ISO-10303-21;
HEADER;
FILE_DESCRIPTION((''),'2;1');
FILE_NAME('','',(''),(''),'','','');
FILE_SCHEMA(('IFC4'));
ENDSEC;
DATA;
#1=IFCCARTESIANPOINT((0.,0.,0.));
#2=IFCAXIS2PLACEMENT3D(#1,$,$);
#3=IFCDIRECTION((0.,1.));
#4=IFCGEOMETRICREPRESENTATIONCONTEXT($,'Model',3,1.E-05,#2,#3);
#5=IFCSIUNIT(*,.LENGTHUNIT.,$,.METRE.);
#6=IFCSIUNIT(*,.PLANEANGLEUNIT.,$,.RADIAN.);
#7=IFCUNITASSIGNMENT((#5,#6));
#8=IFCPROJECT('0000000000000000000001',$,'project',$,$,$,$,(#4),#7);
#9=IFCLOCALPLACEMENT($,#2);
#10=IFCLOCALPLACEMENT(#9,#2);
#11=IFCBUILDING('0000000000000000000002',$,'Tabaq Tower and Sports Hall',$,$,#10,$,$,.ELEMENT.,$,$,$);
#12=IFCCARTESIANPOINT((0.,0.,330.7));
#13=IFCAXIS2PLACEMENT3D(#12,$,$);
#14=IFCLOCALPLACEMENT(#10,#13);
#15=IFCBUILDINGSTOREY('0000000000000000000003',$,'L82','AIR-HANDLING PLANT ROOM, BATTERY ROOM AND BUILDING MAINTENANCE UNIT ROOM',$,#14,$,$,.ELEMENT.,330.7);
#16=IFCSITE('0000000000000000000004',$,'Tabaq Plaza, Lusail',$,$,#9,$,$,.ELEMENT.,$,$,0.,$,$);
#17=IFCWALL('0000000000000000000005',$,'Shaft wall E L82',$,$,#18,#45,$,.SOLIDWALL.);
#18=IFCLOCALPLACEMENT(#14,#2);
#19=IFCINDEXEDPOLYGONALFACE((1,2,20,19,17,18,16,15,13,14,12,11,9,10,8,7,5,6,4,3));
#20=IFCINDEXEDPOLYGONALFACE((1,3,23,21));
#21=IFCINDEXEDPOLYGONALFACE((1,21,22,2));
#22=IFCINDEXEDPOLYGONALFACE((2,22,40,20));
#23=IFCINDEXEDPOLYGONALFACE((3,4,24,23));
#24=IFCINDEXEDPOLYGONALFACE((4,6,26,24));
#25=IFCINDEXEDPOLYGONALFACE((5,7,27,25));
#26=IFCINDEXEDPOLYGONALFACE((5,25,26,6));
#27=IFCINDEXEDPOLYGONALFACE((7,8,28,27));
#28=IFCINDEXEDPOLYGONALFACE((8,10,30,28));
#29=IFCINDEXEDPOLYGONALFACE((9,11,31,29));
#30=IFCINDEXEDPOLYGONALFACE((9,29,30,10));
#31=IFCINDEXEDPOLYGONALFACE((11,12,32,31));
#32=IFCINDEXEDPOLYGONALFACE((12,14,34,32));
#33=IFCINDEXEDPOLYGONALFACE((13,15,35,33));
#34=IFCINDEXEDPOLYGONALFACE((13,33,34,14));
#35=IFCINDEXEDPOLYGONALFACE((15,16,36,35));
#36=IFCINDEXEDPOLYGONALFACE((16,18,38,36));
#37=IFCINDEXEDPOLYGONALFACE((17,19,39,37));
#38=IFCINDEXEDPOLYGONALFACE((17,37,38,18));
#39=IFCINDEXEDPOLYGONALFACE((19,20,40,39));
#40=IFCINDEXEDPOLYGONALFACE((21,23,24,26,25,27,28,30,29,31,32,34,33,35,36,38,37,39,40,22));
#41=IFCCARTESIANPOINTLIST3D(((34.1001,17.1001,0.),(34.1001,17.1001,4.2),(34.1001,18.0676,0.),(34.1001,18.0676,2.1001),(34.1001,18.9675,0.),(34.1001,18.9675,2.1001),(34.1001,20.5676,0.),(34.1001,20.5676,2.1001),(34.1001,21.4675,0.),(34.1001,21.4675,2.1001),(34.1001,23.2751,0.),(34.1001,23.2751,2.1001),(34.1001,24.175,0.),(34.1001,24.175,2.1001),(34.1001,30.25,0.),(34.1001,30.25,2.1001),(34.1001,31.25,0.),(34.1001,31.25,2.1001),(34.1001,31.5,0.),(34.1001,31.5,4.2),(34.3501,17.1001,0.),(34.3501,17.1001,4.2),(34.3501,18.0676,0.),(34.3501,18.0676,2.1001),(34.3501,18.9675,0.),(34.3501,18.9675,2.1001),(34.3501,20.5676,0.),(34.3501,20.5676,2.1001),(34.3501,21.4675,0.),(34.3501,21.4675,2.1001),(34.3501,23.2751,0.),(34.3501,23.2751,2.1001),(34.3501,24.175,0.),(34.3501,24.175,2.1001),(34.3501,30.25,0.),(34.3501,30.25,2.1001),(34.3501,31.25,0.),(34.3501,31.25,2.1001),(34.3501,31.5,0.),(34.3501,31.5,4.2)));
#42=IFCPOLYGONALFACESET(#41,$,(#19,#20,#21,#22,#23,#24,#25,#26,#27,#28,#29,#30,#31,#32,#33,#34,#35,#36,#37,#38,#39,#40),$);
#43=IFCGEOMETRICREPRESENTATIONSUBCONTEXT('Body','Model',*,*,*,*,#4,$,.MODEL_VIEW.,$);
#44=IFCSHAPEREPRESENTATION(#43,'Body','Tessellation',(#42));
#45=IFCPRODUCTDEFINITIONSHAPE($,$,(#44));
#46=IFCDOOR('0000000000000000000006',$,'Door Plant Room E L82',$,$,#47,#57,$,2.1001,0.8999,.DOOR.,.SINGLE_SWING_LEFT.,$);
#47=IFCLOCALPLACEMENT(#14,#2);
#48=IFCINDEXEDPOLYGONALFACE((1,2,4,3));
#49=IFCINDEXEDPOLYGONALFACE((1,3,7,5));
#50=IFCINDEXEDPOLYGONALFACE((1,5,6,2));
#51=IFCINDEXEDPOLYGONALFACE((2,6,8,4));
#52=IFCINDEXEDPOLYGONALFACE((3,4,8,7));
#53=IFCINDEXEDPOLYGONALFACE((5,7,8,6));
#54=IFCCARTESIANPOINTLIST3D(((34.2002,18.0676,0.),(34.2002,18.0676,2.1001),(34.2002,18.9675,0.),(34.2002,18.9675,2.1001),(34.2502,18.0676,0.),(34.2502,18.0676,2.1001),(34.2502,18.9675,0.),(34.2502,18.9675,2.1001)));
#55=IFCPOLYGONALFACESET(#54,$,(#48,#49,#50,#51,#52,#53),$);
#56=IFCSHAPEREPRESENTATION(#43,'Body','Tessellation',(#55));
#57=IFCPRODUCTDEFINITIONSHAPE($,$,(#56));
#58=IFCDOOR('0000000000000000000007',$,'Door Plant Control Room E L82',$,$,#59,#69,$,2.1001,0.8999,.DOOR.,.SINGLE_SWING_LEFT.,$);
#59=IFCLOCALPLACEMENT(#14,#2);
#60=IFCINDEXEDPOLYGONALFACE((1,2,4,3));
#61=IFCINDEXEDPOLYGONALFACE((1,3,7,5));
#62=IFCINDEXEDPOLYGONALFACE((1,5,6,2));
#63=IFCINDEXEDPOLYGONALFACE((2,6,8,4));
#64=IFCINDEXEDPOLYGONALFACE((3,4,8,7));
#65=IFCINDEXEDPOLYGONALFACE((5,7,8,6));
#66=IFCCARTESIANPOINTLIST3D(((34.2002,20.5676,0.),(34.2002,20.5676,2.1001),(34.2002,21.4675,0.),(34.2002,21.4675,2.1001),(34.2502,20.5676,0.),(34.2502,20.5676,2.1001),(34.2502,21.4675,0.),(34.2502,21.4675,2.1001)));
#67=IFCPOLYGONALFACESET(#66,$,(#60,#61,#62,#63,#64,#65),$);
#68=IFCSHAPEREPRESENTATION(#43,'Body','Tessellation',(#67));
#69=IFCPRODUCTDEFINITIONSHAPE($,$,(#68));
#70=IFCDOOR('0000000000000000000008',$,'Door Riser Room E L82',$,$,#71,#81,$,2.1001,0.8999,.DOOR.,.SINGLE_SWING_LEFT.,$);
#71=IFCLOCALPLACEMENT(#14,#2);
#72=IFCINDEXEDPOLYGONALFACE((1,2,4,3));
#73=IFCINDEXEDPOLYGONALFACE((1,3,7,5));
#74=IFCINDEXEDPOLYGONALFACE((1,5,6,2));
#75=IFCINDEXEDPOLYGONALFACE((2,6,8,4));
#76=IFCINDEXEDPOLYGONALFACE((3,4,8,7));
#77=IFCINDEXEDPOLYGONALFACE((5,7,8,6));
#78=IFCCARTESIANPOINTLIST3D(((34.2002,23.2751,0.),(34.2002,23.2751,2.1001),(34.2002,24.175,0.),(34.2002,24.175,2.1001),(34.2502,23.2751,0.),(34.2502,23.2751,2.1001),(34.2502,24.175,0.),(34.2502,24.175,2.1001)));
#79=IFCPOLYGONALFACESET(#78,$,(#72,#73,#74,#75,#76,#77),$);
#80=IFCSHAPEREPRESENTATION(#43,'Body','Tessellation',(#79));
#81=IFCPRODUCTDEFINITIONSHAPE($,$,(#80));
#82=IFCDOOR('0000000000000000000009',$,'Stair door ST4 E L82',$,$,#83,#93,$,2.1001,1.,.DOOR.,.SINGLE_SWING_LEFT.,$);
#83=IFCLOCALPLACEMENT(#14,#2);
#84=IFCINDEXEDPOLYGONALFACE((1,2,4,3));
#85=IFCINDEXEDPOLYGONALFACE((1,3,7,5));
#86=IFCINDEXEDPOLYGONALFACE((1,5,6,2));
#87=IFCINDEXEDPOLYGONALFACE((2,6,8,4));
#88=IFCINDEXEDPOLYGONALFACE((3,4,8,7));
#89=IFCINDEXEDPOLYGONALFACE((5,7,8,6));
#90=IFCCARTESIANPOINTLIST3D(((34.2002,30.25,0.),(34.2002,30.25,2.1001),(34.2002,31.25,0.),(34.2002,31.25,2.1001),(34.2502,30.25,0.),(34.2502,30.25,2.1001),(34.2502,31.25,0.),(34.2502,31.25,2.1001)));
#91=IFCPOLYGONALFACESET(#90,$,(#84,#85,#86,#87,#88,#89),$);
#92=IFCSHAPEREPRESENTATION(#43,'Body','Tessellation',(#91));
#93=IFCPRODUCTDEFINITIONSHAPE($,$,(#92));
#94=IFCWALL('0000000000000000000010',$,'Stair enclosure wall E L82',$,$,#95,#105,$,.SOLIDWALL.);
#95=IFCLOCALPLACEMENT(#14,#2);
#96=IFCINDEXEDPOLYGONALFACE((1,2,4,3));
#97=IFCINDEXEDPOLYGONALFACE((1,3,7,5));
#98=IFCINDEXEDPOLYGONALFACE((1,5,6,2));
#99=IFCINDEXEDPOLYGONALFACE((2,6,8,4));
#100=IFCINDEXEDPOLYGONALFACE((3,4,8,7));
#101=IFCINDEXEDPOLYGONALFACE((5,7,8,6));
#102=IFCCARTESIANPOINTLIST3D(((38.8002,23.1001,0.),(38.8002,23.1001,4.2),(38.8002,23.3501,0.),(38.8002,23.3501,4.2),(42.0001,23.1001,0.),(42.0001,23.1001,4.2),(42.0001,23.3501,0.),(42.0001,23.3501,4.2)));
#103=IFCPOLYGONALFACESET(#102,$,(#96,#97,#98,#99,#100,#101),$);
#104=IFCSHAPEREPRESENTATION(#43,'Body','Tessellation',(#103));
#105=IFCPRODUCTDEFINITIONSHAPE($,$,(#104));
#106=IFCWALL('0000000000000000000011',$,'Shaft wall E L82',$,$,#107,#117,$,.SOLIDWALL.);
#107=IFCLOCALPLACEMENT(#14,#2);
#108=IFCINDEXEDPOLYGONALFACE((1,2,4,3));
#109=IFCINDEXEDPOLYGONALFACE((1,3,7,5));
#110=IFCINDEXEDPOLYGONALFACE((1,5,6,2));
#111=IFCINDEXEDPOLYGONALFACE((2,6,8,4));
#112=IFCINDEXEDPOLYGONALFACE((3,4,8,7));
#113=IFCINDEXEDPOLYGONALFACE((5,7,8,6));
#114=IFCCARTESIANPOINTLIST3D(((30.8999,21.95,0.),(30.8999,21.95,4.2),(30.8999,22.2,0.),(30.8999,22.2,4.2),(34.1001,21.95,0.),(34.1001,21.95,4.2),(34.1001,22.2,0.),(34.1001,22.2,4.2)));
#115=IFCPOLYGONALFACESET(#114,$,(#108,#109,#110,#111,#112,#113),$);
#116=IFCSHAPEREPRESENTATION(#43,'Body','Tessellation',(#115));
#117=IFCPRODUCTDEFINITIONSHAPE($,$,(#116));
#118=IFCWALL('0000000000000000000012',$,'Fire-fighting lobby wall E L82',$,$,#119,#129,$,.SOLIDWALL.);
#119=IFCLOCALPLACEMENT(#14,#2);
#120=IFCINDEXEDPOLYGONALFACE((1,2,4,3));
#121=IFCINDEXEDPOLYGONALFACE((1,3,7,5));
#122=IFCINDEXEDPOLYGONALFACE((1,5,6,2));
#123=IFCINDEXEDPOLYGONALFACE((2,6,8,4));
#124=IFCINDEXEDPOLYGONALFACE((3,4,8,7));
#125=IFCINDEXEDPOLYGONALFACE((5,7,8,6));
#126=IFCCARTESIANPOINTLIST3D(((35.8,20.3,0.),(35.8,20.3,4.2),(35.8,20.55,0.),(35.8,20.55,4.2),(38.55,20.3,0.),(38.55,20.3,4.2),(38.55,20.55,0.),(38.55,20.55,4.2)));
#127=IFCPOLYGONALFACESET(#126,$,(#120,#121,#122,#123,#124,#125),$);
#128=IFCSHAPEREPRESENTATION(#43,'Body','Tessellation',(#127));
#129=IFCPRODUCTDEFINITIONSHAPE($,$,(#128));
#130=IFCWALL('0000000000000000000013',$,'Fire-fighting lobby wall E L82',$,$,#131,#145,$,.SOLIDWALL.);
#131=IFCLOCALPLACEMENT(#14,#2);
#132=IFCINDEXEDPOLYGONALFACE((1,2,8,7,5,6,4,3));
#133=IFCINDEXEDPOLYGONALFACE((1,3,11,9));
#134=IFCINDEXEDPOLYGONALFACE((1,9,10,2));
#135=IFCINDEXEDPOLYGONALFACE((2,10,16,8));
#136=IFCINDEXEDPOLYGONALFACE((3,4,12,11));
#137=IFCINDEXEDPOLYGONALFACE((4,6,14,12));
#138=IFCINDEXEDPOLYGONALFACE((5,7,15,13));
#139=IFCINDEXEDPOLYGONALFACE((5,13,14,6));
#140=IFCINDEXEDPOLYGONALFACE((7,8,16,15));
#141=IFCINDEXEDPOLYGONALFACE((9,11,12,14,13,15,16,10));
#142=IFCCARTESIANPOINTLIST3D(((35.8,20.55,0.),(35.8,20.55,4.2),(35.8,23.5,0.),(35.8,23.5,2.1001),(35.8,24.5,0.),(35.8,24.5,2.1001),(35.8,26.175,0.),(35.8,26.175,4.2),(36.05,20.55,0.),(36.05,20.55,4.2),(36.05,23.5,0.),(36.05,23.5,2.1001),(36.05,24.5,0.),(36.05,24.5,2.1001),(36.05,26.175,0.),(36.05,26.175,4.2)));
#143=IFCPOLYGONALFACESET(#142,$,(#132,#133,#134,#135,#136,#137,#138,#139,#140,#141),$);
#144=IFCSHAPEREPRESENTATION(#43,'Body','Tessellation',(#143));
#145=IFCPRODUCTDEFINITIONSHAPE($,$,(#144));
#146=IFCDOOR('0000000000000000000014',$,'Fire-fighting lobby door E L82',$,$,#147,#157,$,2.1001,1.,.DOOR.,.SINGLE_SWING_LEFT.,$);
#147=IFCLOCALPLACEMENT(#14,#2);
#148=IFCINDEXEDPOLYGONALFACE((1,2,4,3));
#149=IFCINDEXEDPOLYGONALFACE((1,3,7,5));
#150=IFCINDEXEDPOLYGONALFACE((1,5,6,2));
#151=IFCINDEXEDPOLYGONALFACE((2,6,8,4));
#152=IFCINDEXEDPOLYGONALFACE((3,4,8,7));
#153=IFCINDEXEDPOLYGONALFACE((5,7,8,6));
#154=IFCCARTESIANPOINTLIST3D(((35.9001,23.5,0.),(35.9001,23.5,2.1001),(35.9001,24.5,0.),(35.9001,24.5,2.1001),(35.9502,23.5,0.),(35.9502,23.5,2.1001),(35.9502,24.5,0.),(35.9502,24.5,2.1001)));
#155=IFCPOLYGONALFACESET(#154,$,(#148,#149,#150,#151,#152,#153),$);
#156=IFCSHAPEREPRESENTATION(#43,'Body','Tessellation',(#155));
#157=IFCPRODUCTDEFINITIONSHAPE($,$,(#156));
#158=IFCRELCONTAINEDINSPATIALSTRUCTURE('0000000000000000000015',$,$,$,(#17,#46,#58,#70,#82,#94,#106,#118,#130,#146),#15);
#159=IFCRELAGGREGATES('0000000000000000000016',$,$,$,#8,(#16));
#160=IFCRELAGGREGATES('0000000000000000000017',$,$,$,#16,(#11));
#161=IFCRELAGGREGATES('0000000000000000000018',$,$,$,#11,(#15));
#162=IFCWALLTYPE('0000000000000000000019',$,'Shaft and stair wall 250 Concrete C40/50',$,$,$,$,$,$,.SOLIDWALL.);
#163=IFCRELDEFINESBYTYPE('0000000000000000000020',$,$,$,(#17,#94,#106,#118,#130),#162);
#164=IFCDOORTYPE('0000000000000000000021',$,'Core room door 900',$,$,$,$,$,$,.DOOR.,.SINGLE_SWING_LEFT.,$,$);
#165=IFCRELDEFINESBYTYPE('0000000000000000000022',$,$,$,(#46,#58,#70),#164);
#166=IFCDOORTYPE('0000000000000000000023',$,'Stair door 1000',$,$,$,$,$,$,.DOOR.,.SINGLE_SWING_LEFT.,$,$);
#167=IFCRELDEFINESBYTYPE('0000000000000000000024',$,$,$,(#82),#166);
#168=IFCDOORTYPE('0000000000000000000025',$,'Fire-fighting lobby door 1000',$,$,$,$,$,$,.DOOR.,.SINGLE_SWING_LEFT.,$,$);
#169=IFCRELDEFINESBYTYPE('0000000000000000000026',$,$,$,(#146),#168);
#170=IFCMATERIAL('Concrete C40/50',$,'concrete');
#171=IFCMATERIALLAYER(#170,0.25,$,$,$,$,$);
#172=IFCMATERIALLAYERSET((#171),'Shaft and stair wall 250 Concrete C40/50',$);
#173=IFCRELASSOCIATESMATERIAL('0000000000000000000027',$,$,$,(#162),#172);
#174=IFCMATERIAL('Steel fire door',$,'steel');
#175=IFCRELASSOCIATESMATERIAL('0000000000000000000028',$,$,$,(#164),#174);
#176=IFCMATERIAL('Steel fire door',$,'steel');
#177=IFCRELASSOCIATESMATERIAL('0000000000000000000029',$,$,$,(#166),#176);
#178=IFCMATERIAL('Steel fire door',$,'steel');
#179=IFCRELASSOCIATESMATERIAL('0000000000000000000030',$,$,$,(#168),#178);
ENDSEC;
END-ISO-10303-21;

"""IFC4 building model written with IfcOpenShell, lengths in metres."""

from ifc_helpers import new_model, si_unit, direction, frame, frame_2d, origin, place, context, subcontext, project, spatial, rectangle, extrude, material, layer, layer_set, type_object, element, fill, save


model = new_model("IFC4")

# Units and contexts
model_context = context("Model", 3, precision=1e-05, world=origin(), true_north=direction((0.0, 1.0)))
body_context = subcontext(model_context, "Body", "Model", "MODEL_VIEW")
ifc_project = project(units=[si_unit("LENGTHUNIT", "METRE"), si_unit("PLANEANGLEUNIT", "RADIAN")], contexts=[model_context])

# Site, building, storey
site_placement = place(None, origin())
site = spatial("IfcSite", under=ifc_project, at=site_placement, Name="Tabaq Plaza, Lusail", CompositionType="ELEMENT", RefElevation=0.0)
building_placement = place(site_placement, origin())
building = spatial("IfcBuilding", under=site, at=building_placement, Name="Tabaq Tower and Sports Hall", CompositionType="ELEMENT")
storey_placement = place(building_placement, frame((0.0, 0.0, 330.7)))
storey = spatial("IfcBuildingStorey", under=building, at=storey_placement, Name="L82", Description="AIR-HANDLING PLANT ROOM, BATTERY ROOM AND BUILDING MAINTENANCE UNIT ROOM", CompositionType="ELEMENT", Elevation=330.7)

# Wall, openings, doors
ifc_material_1 = material(Name="Concrete C40/50", Category="concrete")
ifc_layer_1 = layer(ifc_material_1, 0.25)
ifc_layer_set_1 = layer_set([ifc_layer_1], Name="Shaft and stair wall 250 Concrete C40/50")
wall_type_1 = type_object("IfcWallType", Name="Shaft and stair wall 250 Concrete C40/50", PredefinedType="SOLIDWALL", material=ifc_layer_set_1)
ifc_material_2 = material(Name="Steel fire door", Category="steel")
door_type_1 = type_object("IfcDoorType", Name="Core room door 900", OperationType="SINGLE_SWING_LEFT", PredefinedType="DOOR", material=ifc_material_2)
ifc_material_3 = material(Name="Steel fire door", Category="steel")
door_type_2 = type_object("IfcDoorType", Name="Stair door 1000", OperationType="SINGLE_SWING_LEFT", PredefinedType="DOOR", material=ifc_material_3)
wall_1_placement = place(storey_placement, frame((34.2251, 17.1001, 0.0), z_axis=(0.0, 0.0, 1.0), x_axis=(0.0, 1.0, 0.0)))
wall_1 = element("IfcWall", 1, at=wall_1_placement, inside=storey, type_object=wall_type_1, Name="Shaft wall E L82", PredefinedType="SOLIDWALL", context=body_context, shape_type="SweptSolid", body=[
    extrude(rectangle(XDim=14.3999, YDim=0.25, at=frame_2d((7.2, 0.0))), origin(), (0.0, 0.0, 1.0), 4.2),
])
opening_1_placement = place(wall_1_placement, frame((13.1499, 0.0, 0.0)))
opening_1 = element("IfcOpeningElement", 2, at=opening_1_placement, cuts=wall_1, PredefinedType="OPENING", context=body_context, shape_type="SweptSolid", body=[
    extrude(rectangle(XDim=1.0, YDim=2.1001, at=frame_2d((0.5, 1.05))), frame((0.0, 0.125, 0.0), z_axis=(0.0, -1.0, 0.0), x_axis=(1.0, 0.0, 0.0)), (0.0, 0.0, 1.0), 0.25),
])
opening_2_placement = place(wall_1_placement, frame((0.9675, 0.0, 0.0)))
opening_2 = element("IfcOpeningElement", 3, at=opening_2_placement, cuts=wall_1, PredefinedType="OPENING", context=body_context, shape_type="SweptSolid", body=[
    extrude(rectangle(XDim=0.8999, YDim=2.1001, at=frame_2d((0.45, 1.05))), frame((0.0, 0.125, 0.0), z_axis=(0.0, -1.0, 0.0), x_axis=(1.0, 0.0, 0.0)), (0.0, 0.0, 1.0), 0.25),
])
opening_3_placement = place(wall_1_placement, frame((3.4675, 0.0, 0.0)))
opening_3 = element("IfcOpeningElement", 4, at=opening_3_placement, cuts=wall_1, PredefinedType="OPENING", context=body_context, shape_type="SweptSolid", body=[
    extrude(rectangle(XDim=0.8999, YDim=2.1001, at=frame_2d((0.45, 1.05))), frame((0.0, 0.125, 0.0), z_axis=(0.0, -1.0, 0.0), x_axis=(1.0, 0.0, 0.0)), (0.0, 0.0, 1.0), 0.25),
])
opening_4_placement = place(wall_1_placement, frame((6.175, 0.0, 0.0)))
opening_4 = element("IfcOpeningElement", 5, at=opening_4_placement, cuts=wall_1, PredefinedType="OPENING", context=body_context, shape_type="SweptSolid", body=[
    extrude(rectangle(XDim=0.8999, YDim=2.1001, at=frame_2d((0.45, 1.05))), frame((0.0, 0.125, 0.0), z_axis=(0.0, -1.0, 0.0), x_axis=(1.0, 0.0, 0.0)), (0.0, 0.0, 1.0), 0.25),
])
door_1_placement = place(opening_2_placement, origin())
door_1 = element("IfcDoor", 6, at=door_1_placement, inside=storey, type_object=door_type_1, Name="Door Plant Room E L82", OperationType="SINGLE_SWING_LEFT", OverallHeight=2.1001, OverallWidth=0.8999, PredefinedType="DOOR", context=body_context, shape_type="SweptSolid", body=[
    extrude(rectangle(XDim=0.8999, YDim=2.1001, at=frame_2d((0.45, 1.05))), frame((0.0, 0.0249, 0.0), z_axis=(0.0, -1.0, 0.0), x_axis=(1.0, 0.0, 0.0)), (0.0, 0.0, 1.0), 0.05),
])
fill(opening_2, door_1)
door_2_placement = place(opening_3_placement, origin())
door_2 = element("IfcDoor", 7, at=door_2_placement, inside=storey, type_object=door_type_1, Name="Door Plant Control Room E L82", OperationType="SINGLE_SWING_LEFT", OverallHeight=2.1001, OverallWidth=0.8999, PredefinedType="DOOR", context=body_context, shape_type="SweptSolid", body=[
    extrude(rectangle(XDim=0.8999, YDim=2.1001, at=frame_2d((0.45, 1.05))), frame((0.0, 0.0249, 0.0), z_axis=(0.0, -1.0, 0.0), x_axis=(1.0, 0.0, 0.0)), (0.0, 0.0, 1.0), 0.05),
])
fill(opening_3, door_2)
door_3_placement = place(opening_4_placement, origin())
door_3 = element("IfcDoor", 8, at=door_3_placement, inside=storey, type_object=door_type_1, Name="Door Riser Room E L82", OperationType="SINGLE_SWING_LEFT", OverallHeight=2.1001, OverallWidth=0.8999, PredefinedType="DOOR", context=body_context, shape_type="SweptSolid", body=[
    extrude(rectangle(XDim=0.8999, YDim=2.1001, at=frame_2d((0.45, 1.05))), frame((0.0, 0.0249, 0.0), z_axis=(0.0, -1.0, 0.0), x_axis=(1.0, 0.0, 0.0)), (0.0, 0.0, 1.0), 0.05),
])
fill(opening_4, door_3)
door_4_placement = place(opening_1_placement, origin())
door_4 = element("IfcDoor", 9, at=door_4_placement, inside=storey, type_object=door_type_2, Name="Stair door ST4 E L82", OperationType="SINGLE_SWING_LEFT", OverallHeight=2.1001, OverallWidth=1.0, PredefinedType="DOOR", context=body_context, shape_type="SweptSolid", body=[
    extrude(rectangle(XDim=1.0, YDim=2.1001, at=frame_2d((0.5, 1.05))), frame((0.0, 0.0249, 0.0), z_axis=(0.0, -1.0, 0.0), x_axis=(1.0, 0.0, 0.0)), (0.0, 0.0, 1.0), 0.05),
])
fill(opening_1, door_4)

# Walls
wall_2_placement = place(storey_placement, frame((38.8, 23.2251, 0.0), z_axis=(0.0, 0.0, 1.0), x_axis=(1.0, 0.0, 0.0)))
element("IfcWall", 10, at=wall_2_placement, inside=storey, type_object=wall_type_1, Name="Stair enclosure wall E L82", PredefinedType="SOLIDWALL", context=body_context, shape_type="SweptSolid", body=[
    extrude(rectangle(XDim=3.2, YDim=0.25, at=frame_2d((1.6001, 0.0))), origin(), (0.0, 0.0, 1.0), 4.2),
])
wall_3_placement = place(storey_placement, frame((30.8999, 22.075, 0.0), z_axis=(0.0, 0.0, 1.0), x_axis=(1.0, 0.0, 0.0)))
element("IfcWall", 11, at=wall_3_placement, inside=storey, type_object=wall_type_1, Name="Shaft wall E L82", PredefinedType="SOLIDWALL", context=body_context, shape_type="SweptSolid", body=[
    extrude(rectangle(XDim=3.2002, YDim=0.25, at=frame_2d((1.6001, 0.0))), origin(), (0.0, 0.0, 1.0), 4.2),
])
wall_4_placement = place(storey_placement, frame((35.8, 20.425, 0.0), z_axis=(0.0, 0.0, 1.0), x_axis=(1.0, 0.0, 0.0)))
element("IfcWall", 12, at=wall_4_placement, inside=storey, type_object=wall_type_1, Name="Fire-fighting lobby wall E L82", PredefinedType="SOLIDWALL", context=body_context, shape_type="SweptSolid", body=[
    extrude(rectangle(XDim=2.75, YDim=0.25, at=frame_2d((1.375, 0.0))), origin(), (0.0, 0.0, 1.0), 4.2),
])

# Wall, opening, door
wall_5_placement = place(storey_placement, frame((35.925, 20.55, 0.0), z_axis=(0.0, 0.0, 1.0), x_axis=(0.0, 1.0, 0.0)))
wall_5 = element("IfcWall", 13, at=wall_5_placement, inside=storey, type_object=wall_type_1, Name="Fire-fighting lobby wall E L82", PredefinedType="SOLIDWALL", context=body_context, shape_type="SweptSolid", body=[
    extrude(rectangle(XDim=5.625, YDim=0.25, at=frame_2d((2.8125, 0.0))), origin(), (0.0, 0.0, 1.0), 4.2),
])
opening_5_placement = place(wall_5_placement, frame((2.95, 0.0, 0.0)))
opening_5 = element("IfcOpeningElement", 14, at=opening_5_placement, cuts=wall_5, PredefinedType="OPENING", context=body_context, shape_type="SweptSolid", body=[
    extrude(rectangle(XDim=1.0, YDim=2.1001, at=frame_2d((0.5, 1.05))), frame((0.0, 0.125, 0.0), z_axis=(0.0, -1.0, 0.0), x_axis=(1.0, 0.0, 0.0)), (0.0, 0.0, 1.0), 0.25),
])
ifc_material_4 = material(Name="Steel fire door", Category="steel")
door_type_3 = type_object("IfcDoorType", Name="Fire-fighting lobby door 1000", OperationType="SINGLE_SWING_LEFT", PredefinedType="DOOR", material=ifc_material_4)
door_5_placement = place(opening_5_placement, origin())
door_5 = element("IfcDoor", 15, at=door_5_placement, inside=storey, type_object=door_type_3, Name="Fire-fighting lobby door E L82", OperationType="SINGLE_SWING_LEFT", OverallHeight=2.1001, OverallWidth=1.0, PredefinedType="DOOR", context=body_context, shape_type="SweptSolid", body=[
    extrude(rectangle(XDim=1.0, YDim=2.1001, at=frame_2d((0.5, 1.05))), frame((0.0, 0.0249, 0.0), z_axis=(0.0, -1.0, 0.0), x_axis=(1.0, 0.0, 0.0)), (0.0, 0.0, 1.0), 0.05),
])
fill(opening_5, door_5)

save(model, "model.ifc")
